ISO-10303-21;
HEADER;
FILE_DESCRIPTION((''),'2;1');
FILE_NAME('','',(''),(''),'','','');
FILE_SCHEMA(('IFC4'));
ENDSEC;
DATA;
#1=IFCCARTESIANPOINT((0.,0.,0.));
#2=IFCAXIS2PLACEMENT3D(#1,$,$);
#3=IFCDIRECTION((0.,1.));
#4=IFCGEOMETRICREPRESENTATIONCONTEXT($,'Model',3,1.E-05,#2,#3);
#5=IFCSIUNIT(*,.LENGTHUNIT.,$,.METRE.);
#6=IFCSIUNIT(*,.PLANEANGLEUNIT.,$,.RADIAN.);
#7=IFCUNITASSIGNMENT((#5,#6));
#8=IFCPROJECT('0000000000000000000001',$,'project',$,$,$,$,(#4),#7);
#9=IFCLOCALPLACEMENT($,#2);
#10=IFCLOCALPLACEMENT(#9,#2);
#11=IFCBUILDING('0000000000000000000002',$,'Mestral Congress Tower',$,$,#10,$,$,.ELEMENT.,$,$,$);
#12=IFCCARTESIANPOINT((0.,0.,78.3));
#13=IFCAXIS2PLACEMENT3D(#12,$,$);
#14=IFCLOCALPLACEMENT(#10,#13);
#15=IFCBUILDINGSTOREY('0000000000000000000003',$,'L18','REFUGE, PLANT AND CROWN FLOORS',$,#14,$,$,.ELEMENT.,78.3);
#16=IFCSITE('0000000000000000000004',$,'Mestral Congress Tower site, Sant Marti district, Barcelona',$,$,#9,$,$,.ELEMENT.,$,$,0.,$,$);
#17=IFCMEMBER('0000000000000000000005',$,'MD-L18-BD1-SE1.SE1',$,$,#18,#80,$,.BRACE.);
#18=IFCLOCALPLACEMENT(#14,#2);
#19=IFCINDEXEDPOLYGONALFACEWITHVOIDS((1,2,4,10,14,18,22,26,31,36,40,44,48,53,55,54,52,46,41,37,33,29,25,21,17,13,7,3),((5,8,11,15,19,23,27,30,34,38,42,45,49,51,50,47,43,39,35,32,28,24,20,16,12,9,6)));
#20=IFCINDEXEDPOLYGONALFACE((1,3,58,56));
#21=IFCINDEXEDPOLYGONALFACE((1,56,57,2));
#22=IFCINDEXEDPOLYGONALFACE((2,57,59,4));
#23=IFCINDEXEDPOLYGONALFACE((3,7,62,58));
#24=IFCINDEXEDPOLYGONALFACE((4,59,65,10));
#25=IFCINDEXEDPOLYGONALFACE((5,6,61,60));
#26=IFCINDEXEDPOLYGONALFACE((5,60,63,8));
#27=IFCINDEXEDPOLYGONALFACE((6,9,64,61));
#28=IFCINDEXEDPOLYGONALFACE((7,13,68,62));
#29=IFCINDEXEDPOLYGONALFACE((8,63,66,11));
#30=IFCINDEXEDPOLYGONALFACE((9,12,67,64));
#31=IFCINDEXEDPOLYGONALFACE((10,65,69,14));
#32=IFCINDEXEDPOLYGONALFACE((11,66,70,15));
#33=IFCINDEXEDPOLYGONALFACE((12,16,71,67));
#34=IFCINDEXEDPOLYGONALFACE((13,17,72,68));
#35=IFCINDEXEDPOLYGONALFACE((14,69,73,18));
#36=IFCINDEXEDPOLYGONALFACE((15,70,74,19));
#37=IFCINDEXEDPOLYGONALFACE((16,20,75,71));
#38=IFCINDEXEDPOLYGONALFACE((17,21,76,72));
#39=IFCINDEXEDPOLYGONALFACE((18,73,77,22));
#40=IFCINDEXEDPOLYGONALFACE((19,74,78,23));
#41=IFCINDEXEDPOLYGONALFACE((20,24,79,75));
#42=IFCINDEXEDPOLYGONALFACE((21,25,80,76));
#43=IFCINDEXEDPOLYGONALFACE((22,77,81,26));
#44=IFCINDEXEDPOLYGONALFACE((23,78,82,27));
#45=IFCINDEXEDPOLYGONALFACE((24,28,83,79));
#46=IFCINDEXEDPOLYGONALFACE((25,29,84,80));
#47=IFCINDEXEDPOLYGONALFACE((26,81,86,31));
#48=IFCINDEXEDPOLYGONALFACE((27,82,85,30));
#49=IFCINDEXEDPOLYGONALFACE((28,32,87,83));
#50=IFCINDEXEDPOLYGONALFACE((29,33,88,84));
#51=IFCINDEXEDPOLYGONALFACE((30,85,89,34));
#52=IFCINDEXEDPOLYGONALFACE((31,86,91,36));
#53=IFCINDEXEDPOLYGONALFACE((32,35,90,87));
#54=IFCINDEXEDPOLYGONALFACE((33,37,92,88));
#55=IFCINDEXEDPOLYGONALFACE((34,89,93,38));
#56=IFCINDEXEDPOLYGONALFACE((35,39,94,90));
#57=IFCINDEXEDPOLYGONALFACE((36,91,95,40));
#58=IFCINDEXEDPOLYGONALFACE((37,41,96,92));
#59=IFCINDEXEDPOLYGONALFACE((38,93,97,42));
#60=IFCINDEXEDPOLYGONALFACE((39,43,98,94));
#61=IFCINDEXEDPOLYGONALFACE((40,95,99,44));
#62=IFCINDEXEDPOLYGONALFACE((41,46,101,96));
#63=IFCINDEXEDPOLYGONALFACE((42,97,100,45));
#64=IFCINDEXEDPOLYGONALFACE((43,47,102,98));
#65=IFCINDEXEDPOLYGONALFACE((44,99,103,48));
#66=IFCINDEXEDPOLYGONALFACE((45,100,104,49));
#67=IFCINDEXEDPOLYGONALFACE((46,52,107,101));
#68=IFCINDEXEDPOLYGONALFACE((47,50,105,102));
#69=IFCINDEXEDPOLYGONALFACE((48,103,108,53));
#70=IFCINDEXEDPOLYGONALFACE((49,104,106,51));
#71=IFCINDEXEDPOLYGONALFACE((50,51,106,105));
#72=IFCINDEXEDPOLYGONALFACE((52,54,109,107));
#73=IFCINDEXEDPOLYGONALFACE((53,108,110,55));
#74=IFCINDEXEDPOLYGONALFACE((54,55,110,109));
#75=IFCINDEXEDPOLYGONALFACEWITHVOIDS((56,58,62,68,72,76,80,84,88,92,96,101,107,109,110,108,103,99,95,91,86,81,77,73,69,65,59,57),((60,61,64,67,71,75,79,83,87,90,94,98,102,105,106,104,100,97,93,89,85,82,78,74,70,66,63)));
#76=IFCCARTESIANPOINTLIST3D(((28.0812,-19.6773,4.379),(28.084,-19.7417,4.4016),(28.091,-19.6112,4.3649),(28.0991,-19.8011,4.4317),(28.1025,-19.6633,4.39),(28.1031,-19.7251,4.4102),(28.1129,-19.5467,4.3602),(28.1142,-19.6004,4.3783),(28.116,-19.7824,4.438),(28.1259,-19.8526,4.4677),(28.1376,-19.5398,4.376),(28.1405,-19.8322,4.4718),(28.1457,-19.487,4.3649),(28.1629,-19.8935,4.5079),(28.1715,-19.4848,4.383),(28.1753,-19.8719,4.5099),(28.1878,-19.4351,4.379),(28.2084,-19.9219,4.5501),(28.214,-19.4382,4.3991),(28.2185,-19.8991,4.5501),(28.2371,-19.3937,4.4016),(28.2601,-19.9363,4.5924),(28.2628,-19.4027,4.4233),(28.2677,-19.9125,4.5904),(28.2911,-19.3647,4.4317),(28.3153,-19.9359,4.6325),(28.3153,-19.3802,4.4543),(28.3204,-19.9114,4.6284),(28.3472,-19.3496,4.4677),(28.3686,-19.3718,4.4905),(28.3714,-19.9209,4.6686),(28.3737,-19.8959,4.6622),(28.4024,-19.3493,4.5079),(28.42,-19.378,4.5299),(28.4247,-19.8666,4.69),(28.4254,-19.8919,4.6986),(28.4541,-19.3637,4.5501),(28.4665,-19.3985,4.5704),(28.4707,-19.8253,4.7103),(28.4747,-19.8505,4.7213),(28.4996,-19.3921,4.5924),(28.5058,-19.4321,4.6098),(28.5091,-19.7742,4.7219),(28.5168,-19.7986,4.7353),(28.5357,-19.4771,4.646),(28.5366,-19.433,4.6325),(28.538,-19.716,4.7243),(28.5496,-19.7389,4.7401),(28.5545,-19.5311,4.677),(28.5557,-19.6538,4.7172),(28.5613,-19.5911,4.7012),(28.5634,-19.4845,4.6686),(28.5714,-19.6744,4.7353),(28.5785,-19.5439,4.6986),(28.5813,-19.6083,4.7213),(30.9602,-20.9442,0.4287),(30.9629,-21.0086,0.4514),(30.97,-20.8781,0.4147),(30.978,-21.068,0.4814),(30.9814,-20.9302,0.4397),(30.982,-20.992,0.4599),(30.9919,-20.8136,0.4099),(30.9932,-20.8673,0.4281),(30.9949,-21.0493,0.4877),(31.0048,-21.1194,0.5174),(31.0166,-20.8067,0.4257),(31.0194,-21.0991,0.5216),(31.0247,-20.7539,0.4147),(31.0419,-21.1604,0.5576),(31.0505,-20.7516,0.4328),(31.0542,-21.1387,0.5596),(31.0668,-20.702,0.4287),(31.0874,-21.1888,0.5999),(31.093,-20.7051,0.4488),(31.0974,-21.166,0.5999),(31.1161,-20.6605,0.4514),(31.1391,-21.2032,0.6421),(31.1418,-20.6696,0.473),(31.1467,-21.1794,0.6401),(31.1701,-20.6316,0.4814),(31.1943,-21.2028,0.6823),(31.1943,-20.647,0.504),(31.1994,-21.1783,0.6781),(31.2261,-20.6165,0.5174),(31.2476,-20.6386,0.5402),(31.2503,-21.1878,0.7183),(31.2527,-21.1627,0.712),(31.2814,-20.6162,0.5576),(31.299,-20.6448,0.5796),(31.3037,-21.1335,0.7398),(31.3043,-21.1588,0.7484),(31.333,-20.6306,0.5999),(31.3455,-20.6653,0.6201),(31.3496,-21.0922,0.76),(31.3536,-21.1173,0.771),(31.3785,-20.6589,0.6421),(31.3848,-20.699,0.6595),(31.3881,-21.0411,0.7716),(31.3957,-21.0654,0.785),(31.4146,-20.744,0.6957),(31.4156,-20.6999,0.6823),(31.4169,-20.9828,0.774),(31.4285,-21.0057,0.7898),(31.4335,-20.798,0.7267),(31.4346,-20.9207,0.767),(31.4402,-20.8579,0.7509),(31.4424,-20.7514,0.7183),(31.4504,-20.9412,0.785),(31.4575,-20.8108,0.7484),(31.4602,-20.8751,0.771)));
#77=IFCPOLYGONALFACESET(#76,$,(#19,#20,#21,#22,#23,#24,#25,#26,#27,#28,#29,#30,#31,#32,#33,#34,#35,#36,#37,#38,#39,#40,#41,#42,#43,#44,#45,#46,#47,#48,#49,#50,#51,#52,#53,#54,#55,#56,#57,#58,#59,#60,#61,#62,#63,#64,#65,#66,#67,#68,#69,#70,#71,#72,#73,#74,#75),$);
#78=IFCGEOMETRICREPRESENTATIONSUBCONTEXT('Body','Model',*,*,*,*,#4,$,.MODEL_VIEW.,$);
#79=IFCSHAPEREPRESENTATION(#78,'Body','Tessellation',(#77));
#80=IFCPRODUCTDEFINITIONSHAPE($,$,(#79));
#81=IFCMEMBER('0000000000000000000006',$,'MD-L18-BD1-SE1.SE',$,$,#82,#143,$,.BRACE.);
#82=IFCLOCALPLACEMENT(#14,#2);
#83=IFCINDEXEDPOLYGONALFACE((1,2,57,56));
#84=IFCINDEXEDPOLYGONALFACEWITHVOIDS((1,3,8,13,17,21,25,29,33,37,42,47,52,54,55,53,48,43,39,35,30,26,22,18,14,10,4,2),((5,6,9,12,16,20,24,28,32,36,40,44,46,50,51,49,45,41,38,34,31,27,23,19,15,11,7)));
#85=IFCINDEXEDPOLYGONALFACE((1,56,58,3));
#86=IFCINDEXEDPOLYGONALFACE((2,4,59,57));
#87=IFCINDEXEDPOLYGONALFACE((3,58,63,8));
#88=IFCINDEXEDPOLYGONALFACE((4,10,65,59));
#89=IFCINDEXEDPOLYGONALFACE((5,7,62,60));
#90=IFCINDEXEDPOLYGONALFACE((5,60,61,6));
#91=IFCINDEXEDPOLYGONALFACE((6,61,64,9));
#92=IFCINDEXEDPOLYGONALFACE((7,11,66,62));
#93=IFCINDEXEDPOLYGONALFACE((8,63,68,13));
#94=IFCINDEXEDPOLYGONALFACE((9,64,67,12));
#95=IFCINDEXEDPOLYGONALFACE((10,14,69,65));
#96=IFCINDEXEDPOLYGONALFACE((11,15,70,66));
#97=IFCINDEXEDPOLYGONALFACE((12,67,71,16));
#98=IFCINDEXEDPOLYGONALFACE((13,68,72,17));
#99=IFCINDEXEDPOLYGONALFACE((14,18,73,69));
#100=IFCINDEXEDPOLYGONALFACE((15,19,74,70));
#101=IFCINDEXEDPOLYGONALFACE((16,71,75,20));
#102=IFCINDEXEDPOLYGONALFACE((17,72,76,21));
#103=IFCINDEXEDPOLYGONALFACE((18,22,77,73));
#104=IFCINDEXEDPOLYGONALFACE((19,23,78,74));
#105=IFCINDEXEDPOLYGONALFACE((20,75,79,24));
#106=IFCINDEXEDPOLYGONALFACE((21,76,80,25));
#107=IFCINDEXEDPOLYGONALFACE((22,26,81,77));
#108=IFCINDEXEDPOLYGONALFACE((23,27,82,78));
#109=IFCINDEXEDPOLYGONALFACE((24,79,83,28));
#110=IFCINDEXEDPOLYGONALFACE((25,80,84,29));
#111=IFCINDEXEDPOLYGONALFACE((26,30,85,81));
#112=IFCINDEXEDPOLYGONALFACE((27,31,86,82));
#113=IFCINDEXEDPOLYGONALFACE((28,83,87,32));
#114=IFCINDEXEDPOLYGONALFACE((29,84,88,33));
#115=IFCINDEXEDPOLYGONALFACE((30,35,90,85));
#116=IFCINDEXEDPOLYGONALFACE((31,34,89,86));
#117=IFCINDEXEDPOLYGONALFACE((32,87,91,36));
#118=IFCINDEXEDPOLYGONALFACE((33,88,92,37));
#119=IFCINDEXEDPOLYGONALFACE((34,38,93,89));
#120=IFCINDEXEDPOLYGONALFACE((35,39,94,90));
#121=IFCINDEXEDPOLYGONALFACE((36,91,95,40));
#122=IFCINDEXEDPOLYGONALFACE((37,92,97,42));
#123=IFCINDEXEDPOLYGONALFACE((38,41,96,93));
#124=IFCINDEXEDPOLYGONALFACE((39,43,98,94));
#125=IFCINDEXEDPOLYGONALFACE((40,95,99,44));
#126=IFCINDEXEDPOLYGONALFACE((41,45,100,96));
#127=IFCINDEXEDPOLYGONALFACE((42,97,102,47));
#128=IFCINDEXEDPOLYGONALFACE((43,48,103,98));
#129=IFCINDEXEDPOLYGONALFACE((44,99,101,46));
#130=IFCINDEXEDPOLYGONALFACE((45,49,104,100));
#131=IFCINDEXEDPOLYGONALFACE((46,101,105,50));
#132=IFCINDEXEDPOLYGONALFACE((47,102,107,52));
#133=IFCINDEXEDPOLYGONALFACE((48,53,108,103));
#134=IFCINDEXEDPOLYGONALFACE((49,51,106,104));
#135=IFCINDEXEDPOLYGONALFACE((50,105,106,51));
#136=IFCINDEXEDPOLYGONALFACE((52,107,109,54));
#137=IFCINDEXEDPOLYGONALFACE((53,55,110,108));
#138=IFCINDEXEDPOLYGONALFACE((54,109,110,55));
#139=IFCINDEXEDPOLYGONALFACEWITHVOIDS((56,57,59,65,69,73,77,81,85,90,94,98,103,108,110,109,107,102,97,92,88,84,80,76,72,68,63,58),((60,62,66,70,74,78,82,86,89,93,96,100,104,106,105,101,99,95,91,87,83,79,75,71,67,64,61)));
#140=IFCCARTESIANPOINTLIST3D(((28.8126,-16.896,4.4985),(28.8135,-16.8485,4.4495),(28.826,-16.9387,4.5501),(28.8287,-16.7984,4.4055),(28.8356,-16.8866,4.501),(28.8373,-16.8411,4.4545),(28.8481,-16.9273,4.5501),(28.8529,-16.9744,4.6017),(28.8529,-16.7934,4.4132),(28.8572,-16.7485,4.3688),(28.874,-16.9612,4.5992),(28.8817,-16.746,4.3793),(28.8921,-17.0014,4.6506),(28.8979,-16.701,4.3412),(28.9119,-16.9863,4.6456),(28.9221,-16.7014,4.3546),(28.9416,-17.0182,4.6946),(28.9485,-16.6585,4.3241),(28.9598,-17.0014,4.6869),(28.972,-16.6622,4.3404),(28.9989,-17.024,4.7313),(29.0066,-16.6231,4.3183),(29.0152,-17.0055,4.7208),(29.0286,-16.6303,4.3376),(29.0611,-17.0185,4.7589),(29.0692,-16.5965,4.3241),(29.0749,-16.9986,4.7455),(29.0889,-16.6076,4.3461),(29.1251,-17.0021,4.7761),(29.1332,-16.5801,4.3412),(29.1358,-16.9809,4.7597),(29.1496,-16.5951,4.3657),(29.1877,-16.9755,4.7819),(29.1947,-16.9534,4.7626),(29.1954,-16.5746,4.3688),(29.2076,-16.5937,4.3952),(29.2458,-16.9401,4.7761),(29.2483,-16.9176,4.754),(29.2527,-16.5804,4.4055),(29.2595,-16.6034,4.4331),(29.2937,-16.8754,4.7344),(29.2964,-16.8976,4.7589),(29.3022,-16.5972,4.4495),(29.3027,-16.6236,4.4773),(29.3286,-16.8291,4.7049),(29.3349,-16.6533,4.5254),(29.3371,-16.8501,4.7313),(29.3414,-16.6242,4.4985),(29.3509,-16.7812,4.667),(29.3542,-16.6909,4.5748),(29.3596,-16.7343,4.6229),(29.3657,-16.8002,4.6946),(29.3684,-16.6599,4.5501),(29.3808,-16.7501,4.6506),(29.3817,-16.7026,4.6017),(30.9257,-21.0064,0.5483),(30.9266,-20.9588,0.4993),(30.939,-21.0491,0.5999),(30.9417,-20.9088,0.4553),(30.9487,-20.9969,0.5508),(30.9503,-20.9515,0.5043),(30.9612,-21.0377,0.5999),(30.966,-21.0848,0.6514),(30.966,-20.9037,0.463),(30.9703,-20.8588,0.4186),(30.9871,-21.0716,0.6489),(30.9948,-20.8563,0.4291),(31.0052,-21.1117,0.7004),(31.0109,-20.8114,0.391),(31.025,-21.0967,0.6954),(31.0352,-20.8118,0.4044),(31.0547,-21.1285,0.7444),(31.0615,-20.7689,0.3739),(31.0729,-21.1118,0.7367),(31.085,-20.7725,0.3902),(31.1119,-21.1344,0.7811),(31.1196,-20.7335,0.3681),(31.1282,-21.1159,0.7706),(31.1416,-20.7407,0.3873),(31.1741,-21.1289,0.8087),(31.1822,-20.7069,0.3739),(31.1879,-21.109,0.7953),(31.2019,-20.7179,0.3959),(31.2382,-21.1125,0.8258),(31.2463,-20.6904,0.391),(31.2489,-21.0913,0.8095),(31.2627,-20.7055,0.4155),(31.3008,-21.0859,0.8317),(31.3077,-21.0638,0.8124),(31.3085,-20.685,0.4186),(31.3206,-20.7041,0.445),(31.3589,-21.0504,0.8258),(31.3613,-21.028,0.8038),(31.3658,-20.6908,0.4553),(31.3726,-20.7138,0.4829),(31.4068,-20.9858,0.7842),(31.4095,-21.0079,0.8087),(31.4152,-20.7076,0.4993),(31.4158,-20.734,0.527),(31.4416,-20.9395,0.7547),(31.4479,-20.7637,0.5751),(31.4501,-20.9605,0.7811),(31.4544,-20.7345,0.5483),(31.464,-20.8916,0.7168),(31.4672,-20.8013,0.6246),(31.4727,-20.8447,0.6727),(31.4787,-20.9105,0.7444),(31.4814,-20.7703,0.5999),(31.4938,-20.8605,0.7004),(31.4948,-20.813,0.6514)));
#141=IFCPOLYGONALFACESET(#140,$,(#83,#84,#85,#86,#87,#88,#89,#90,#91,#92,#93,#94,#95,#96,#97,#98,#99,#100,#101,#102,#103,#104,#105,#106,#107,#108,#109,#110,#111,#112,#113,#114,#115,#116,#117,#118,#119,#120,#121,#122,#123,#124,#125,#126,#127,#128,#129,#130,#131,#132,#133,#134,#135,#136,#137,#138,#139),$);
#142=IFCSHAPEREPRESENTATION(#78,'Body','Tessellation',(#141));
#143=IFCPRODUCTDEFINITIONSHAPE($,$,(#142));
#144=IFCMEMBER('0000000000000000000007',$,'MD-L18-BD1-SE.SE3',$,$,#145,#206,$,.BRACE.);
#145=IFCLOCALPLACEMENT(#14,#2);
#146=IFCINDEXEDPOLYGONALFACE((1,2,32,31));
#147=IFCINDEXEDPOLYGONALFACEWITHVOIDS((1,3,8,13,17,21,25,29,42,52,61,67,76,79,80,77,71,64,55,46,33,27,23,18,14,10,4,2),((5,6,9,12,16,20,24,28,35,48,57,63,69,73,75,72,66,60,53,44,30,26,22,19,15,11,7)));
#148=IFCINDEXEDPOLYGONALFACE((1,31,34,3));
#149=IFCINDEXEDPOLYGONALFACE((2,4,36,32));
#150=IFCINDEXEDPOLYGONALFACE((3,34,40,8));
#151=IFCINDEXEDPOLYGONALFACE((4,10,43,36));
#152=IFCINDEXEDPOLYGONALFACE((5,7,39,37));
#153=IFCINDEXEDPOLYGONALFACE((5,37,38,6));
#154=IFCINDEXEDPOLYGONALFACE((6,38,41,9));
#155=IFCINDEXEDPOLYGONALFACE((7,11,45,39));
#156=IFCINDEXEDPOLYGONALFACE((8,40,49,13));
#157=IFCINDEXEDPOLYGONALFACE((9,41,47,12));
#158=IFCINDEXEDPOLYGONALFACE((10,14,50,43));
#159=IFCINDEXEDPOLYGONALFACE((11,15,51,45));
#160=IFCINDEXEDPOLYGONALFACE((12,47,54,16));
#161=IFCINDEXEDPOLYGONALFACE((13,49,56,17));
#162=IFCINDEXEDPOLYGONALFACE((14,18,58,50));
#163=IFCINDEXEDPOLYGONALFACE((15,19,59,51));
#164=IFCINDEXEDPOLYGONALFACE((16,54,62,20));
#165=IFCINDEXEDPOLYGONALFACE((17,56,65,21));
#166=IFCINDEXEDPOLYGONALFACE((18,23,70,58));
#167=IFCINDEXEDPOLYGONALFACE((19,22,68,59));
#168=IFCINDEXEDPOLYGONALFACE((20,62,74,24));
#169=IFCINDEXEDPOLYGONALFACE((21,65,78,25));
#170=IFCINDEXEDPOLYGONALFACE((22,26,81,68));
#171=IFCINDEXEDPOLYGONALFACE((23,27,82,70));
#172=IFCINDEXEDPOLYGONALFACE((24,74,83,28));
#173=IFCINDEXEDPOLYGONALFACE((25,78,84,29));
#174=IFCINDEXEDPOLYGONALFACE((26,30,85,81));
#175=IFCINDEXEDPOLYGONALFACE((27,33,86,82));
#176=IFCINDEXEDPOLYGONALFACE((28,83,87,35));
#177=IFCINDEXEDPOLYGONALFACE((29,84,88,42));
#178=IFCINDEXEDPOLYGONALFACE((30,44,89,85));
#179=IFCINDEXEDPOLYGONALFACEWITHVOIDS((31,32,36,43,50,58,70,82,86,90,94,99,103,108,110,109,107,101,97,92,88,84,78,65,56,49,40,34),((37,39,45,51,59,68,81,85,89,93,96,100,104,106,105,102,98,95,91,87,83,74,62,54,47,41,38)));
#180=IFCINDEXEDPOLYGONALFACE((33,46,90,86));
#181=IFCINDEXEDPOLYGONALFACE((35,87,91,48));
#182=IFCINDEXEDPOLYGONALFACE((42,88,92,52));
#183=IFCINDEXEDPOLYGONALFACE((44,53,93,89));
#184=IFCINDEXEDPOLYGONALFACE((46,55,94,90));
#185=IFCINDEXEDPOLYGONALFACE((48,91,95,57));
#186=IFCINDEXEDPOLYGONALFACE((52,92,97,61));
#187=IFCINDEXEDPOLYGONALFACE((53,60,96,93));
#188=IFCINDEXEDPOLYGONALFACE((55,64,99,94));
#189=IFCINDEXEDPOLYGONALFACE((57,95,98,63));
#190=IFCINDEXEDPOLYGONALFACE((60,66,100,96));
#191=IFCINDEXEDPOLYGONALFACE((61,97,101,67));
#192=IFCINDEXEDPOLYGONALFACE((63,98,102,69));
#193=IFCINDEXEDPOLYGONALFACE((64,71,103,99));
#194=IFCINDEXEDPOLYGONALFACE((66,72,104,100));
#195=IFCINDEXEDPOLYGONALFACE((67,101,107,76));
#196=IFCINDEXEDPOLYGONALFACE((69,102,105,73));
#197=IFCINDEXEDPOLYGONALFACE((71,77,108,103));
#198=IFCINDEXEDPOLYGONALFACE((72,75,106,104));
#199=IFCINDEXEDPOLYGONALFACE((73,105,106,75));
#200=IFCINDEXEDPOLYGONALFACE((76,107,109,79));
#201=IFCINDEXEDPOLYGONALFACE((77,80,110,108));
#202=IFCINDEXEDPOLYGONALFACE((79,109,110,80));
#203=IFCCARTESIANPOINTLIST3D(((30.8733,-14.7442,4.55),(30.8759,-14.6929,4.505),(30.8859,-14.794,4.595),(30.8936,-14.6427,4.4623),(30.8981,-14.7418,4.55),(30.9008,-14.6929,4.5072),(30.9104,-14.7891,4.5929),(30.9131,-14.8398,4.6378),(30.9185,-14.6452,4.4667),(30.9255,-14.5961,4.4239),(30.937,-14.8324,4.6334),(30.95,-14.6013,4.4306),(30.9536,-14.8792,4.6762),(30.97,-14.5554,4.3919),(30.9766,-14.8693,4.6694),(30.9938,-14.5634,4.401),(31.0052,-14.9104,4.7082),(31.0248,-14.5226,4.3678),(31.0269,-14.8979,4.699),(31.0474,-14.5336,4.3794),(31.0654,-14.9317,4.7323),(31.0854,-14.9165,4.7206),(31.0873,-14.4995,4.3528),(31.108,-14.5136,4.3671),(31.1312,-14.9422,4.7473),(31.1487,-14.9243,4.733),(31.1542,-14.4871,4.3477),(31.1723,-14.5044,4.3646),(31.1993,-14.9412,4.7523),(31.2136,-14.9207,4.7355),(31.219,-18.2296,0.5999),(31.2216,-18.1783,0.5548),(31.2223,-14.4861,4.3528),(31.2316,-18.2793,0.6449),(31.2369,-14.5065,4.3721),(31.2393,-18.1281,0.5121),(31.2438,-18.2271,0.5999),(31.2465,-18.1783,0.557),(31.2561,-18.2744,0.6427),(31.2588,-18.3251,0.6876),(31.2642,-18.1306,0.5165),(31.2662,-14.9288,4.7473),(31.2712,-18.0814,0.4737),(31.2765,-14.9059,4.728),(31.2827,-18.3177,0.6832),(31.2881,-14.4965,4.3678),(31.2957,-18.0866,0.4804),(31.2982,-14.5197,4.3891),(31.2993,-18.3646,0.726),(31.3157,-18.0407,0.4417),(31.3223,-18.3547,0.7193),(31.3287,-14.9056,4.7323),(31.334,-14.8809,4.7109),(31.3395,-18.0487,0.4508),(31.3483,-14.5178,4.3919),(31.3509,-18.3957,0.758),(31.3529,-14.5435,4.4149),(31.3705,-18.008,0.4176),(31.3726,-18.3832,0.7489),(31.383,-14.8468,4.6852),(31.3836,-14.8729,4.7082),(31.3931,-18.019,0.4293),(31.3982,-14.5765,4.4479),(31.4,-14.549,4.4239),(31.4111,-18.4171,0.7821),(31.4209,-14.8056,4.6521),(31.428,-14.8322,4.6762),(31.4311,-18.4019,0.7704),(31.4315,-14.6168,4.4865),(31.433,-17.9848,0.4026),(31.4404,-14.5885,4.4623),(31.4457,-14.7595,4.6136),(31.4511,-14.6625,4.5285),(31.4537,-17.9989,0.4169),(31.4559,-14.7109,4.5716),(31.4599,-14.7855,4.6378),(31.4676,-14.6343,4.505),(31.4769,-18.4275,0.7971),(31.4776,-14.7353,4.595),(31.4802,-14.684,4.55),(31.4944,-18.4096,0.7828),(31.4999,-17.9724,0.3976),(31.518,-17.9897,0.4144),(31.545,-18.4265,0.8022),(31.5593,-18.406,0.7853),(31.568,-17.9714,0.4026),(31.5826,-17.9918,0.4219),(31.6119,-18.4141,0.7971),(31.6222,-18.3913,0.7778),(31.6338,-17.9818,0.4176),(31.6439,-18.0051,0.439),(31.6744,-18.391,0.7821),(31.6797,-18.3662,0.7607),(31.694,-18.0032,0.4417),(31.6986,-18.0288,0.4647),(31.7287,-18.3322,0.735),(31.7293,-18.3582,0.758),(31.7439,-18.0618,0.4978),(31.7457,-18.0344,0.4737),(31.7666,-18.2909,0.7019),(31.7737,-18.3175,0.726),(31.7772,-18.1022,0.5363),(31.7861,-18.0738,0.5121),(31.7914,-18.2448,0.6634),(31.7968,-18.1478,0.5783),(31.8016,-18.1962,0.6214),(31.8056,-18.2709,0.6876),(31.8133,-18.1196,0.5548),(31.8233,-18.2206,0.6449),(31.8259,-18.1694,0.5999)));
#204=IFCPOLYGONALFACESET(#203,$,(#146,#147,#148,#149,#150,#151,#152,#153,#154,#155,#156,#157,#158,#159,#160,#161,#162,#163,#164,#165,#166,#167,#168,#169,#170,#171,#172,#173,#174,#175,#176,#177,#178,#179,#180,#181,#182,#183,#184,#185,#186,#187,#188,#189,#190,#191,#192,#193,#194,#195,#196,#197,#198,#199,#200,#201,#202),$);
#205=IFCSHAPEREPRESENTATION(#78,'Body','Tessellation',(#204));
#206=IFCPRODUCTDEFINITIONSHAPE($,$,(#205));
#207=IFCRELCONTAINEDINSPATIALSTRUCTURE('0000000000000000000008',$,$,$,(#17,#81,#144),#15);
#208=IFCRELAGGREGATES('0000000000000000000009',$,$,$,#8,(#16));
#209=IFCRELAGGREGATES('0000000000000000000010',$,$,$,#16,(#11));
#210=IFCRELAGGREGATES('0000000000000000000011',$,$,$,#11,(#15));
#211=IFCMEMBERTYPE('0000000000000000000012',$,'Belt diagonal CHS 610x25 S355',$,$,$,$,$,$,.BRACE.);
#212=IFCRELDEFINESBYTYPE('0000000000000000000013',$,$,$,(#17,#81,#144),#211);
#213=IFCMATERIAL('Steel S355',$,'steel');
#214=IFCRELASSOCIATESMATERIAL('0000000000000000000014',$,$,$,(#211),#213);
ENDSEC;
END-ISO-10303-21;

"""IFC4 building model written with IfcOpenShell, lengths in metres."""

from ifc_helpers import new_model, si_unit, direction, frame, origin, origin_2d, place, context, subcontext, project, spatial, hollow_circle, extrude, material, material_profile, profile_set, type_object, element, save


model = new_model("IFC4")

# Units and contexts
model_context = context("Model", 3, precision=1e-05, world=origin(), true_north=direction((0.0, 1.0)))
body_context = subcontext(model_context, "Body", "Model", "MODEL_VIEW")
ifc_project = project(units=[si_unit("LENGTHUNIT", "METRE"), si_unit("PLANEANGLEUNIT", "RADIAN")], contexts=[model_context])

# Site, building, storey
site_placement = place(None, origin())
site = spatial("IfcSite", under=ifc_project, at=site_placement, Name="Mestral Congress Tower site, Sant Marti district, Barcelona", CompositionType="ELEMENT", RefElevation=0.0)
building_placement = place(site_placement, origin())
building = spatial("IfcBuilding", under=site, at=building_placement, Name="Mestral Congress Tower", CompositionType="ELEMENT")
storey_placement = place(building_placement, frame((0.0, 0.0, 78.3)))
storey = spatial("IfcBuildingStorey", under=building, at=storey_placement, Name="L18", Description="REFUGE, PLANT AND CROWN FLOORS", CompositionType="ELEMENT", Elevation=78.3)

# Members
ifc_material_1 = material(Name="Steel S355", Category="steel")
ifc_material_profile_1 = material_profile(ifc_material_1, hollow_circle(Radius=0.3049, WallThickness=0.0249, at=origin_2d()), Name="CHS 610x25")
ifc_profile_set_1 = profile_set([ifc_material_profile_1], Name="Steel S355")
member_type_1 = type_object("IfcMemberType", Name="Belt diagonal CHS 610x25 S355", PredefinedType="BRACE", material=ifc_profile_set_1)
member_1_placement = place(storey_placement, frame((31.2102, -20.9097, 0.5999), z_axis=(-0.570141, 0.250887, 0.782301), x_axis=(-0.402772, -0.9153, 0.0)))
element("IfcMember", 1, at=member_1_placement, inside=storey, type_object=member_type_1, Name="MD-L18-BD1-SE1.SE1", PredefinedType="BRACE", context=body_context, shape_type="SweptSolid", body=[
    extrude(hollow_circle(Radius=0.3049, WallThickness=0.0249, at=origin_2d()), origin(), (0.0, 0.0, 1.0), 5.0496),
])
member_2_placement = place(storey_placement, frame((31.2102, -20.9097, 0.5999), z_axis=(-0.34755, 0.676067, 0.649725), x_axis=(-0.889363, -0.457201, 0.0)))
element("IfcMember", 2, at=member_2_placement, inside=storey, type_object=member_type_1, Name="MD-L18-BD1-SE1.SE", PredefinedType="BRACE", context=body_context, shape_type="SweptSolid", body=[
    extrude(hollow_circle(Radius=0.3049, WallThickness=0.0249, at=origin_2d()), origin(), (0.0, 0.0, 1.0), 6.0798),
])
member_3_placement = place(storey_placement, frame((31.5225, -18.1995, 0.5999), z_axis=(-0.065482, 0.660189, 0.748239), x_axis=(-0.995117, -0.098703, 0.0)))
element("IfcMember", 3, at=member_3_placement, inside=storey, type_object=member_type_1, Name="MD-L18-BD1-SE.SE3", PredefinedType="BRACE", context=body_context, shape_type="SweptSolid", body=[
    extrude(hollow_circle(Radius=0.3049, WallThickness=0.0249, at=origin_2d()), origin(), (0.0, 0.0, 1.0), 5.2793),
])

save(model, "model.ifc")
